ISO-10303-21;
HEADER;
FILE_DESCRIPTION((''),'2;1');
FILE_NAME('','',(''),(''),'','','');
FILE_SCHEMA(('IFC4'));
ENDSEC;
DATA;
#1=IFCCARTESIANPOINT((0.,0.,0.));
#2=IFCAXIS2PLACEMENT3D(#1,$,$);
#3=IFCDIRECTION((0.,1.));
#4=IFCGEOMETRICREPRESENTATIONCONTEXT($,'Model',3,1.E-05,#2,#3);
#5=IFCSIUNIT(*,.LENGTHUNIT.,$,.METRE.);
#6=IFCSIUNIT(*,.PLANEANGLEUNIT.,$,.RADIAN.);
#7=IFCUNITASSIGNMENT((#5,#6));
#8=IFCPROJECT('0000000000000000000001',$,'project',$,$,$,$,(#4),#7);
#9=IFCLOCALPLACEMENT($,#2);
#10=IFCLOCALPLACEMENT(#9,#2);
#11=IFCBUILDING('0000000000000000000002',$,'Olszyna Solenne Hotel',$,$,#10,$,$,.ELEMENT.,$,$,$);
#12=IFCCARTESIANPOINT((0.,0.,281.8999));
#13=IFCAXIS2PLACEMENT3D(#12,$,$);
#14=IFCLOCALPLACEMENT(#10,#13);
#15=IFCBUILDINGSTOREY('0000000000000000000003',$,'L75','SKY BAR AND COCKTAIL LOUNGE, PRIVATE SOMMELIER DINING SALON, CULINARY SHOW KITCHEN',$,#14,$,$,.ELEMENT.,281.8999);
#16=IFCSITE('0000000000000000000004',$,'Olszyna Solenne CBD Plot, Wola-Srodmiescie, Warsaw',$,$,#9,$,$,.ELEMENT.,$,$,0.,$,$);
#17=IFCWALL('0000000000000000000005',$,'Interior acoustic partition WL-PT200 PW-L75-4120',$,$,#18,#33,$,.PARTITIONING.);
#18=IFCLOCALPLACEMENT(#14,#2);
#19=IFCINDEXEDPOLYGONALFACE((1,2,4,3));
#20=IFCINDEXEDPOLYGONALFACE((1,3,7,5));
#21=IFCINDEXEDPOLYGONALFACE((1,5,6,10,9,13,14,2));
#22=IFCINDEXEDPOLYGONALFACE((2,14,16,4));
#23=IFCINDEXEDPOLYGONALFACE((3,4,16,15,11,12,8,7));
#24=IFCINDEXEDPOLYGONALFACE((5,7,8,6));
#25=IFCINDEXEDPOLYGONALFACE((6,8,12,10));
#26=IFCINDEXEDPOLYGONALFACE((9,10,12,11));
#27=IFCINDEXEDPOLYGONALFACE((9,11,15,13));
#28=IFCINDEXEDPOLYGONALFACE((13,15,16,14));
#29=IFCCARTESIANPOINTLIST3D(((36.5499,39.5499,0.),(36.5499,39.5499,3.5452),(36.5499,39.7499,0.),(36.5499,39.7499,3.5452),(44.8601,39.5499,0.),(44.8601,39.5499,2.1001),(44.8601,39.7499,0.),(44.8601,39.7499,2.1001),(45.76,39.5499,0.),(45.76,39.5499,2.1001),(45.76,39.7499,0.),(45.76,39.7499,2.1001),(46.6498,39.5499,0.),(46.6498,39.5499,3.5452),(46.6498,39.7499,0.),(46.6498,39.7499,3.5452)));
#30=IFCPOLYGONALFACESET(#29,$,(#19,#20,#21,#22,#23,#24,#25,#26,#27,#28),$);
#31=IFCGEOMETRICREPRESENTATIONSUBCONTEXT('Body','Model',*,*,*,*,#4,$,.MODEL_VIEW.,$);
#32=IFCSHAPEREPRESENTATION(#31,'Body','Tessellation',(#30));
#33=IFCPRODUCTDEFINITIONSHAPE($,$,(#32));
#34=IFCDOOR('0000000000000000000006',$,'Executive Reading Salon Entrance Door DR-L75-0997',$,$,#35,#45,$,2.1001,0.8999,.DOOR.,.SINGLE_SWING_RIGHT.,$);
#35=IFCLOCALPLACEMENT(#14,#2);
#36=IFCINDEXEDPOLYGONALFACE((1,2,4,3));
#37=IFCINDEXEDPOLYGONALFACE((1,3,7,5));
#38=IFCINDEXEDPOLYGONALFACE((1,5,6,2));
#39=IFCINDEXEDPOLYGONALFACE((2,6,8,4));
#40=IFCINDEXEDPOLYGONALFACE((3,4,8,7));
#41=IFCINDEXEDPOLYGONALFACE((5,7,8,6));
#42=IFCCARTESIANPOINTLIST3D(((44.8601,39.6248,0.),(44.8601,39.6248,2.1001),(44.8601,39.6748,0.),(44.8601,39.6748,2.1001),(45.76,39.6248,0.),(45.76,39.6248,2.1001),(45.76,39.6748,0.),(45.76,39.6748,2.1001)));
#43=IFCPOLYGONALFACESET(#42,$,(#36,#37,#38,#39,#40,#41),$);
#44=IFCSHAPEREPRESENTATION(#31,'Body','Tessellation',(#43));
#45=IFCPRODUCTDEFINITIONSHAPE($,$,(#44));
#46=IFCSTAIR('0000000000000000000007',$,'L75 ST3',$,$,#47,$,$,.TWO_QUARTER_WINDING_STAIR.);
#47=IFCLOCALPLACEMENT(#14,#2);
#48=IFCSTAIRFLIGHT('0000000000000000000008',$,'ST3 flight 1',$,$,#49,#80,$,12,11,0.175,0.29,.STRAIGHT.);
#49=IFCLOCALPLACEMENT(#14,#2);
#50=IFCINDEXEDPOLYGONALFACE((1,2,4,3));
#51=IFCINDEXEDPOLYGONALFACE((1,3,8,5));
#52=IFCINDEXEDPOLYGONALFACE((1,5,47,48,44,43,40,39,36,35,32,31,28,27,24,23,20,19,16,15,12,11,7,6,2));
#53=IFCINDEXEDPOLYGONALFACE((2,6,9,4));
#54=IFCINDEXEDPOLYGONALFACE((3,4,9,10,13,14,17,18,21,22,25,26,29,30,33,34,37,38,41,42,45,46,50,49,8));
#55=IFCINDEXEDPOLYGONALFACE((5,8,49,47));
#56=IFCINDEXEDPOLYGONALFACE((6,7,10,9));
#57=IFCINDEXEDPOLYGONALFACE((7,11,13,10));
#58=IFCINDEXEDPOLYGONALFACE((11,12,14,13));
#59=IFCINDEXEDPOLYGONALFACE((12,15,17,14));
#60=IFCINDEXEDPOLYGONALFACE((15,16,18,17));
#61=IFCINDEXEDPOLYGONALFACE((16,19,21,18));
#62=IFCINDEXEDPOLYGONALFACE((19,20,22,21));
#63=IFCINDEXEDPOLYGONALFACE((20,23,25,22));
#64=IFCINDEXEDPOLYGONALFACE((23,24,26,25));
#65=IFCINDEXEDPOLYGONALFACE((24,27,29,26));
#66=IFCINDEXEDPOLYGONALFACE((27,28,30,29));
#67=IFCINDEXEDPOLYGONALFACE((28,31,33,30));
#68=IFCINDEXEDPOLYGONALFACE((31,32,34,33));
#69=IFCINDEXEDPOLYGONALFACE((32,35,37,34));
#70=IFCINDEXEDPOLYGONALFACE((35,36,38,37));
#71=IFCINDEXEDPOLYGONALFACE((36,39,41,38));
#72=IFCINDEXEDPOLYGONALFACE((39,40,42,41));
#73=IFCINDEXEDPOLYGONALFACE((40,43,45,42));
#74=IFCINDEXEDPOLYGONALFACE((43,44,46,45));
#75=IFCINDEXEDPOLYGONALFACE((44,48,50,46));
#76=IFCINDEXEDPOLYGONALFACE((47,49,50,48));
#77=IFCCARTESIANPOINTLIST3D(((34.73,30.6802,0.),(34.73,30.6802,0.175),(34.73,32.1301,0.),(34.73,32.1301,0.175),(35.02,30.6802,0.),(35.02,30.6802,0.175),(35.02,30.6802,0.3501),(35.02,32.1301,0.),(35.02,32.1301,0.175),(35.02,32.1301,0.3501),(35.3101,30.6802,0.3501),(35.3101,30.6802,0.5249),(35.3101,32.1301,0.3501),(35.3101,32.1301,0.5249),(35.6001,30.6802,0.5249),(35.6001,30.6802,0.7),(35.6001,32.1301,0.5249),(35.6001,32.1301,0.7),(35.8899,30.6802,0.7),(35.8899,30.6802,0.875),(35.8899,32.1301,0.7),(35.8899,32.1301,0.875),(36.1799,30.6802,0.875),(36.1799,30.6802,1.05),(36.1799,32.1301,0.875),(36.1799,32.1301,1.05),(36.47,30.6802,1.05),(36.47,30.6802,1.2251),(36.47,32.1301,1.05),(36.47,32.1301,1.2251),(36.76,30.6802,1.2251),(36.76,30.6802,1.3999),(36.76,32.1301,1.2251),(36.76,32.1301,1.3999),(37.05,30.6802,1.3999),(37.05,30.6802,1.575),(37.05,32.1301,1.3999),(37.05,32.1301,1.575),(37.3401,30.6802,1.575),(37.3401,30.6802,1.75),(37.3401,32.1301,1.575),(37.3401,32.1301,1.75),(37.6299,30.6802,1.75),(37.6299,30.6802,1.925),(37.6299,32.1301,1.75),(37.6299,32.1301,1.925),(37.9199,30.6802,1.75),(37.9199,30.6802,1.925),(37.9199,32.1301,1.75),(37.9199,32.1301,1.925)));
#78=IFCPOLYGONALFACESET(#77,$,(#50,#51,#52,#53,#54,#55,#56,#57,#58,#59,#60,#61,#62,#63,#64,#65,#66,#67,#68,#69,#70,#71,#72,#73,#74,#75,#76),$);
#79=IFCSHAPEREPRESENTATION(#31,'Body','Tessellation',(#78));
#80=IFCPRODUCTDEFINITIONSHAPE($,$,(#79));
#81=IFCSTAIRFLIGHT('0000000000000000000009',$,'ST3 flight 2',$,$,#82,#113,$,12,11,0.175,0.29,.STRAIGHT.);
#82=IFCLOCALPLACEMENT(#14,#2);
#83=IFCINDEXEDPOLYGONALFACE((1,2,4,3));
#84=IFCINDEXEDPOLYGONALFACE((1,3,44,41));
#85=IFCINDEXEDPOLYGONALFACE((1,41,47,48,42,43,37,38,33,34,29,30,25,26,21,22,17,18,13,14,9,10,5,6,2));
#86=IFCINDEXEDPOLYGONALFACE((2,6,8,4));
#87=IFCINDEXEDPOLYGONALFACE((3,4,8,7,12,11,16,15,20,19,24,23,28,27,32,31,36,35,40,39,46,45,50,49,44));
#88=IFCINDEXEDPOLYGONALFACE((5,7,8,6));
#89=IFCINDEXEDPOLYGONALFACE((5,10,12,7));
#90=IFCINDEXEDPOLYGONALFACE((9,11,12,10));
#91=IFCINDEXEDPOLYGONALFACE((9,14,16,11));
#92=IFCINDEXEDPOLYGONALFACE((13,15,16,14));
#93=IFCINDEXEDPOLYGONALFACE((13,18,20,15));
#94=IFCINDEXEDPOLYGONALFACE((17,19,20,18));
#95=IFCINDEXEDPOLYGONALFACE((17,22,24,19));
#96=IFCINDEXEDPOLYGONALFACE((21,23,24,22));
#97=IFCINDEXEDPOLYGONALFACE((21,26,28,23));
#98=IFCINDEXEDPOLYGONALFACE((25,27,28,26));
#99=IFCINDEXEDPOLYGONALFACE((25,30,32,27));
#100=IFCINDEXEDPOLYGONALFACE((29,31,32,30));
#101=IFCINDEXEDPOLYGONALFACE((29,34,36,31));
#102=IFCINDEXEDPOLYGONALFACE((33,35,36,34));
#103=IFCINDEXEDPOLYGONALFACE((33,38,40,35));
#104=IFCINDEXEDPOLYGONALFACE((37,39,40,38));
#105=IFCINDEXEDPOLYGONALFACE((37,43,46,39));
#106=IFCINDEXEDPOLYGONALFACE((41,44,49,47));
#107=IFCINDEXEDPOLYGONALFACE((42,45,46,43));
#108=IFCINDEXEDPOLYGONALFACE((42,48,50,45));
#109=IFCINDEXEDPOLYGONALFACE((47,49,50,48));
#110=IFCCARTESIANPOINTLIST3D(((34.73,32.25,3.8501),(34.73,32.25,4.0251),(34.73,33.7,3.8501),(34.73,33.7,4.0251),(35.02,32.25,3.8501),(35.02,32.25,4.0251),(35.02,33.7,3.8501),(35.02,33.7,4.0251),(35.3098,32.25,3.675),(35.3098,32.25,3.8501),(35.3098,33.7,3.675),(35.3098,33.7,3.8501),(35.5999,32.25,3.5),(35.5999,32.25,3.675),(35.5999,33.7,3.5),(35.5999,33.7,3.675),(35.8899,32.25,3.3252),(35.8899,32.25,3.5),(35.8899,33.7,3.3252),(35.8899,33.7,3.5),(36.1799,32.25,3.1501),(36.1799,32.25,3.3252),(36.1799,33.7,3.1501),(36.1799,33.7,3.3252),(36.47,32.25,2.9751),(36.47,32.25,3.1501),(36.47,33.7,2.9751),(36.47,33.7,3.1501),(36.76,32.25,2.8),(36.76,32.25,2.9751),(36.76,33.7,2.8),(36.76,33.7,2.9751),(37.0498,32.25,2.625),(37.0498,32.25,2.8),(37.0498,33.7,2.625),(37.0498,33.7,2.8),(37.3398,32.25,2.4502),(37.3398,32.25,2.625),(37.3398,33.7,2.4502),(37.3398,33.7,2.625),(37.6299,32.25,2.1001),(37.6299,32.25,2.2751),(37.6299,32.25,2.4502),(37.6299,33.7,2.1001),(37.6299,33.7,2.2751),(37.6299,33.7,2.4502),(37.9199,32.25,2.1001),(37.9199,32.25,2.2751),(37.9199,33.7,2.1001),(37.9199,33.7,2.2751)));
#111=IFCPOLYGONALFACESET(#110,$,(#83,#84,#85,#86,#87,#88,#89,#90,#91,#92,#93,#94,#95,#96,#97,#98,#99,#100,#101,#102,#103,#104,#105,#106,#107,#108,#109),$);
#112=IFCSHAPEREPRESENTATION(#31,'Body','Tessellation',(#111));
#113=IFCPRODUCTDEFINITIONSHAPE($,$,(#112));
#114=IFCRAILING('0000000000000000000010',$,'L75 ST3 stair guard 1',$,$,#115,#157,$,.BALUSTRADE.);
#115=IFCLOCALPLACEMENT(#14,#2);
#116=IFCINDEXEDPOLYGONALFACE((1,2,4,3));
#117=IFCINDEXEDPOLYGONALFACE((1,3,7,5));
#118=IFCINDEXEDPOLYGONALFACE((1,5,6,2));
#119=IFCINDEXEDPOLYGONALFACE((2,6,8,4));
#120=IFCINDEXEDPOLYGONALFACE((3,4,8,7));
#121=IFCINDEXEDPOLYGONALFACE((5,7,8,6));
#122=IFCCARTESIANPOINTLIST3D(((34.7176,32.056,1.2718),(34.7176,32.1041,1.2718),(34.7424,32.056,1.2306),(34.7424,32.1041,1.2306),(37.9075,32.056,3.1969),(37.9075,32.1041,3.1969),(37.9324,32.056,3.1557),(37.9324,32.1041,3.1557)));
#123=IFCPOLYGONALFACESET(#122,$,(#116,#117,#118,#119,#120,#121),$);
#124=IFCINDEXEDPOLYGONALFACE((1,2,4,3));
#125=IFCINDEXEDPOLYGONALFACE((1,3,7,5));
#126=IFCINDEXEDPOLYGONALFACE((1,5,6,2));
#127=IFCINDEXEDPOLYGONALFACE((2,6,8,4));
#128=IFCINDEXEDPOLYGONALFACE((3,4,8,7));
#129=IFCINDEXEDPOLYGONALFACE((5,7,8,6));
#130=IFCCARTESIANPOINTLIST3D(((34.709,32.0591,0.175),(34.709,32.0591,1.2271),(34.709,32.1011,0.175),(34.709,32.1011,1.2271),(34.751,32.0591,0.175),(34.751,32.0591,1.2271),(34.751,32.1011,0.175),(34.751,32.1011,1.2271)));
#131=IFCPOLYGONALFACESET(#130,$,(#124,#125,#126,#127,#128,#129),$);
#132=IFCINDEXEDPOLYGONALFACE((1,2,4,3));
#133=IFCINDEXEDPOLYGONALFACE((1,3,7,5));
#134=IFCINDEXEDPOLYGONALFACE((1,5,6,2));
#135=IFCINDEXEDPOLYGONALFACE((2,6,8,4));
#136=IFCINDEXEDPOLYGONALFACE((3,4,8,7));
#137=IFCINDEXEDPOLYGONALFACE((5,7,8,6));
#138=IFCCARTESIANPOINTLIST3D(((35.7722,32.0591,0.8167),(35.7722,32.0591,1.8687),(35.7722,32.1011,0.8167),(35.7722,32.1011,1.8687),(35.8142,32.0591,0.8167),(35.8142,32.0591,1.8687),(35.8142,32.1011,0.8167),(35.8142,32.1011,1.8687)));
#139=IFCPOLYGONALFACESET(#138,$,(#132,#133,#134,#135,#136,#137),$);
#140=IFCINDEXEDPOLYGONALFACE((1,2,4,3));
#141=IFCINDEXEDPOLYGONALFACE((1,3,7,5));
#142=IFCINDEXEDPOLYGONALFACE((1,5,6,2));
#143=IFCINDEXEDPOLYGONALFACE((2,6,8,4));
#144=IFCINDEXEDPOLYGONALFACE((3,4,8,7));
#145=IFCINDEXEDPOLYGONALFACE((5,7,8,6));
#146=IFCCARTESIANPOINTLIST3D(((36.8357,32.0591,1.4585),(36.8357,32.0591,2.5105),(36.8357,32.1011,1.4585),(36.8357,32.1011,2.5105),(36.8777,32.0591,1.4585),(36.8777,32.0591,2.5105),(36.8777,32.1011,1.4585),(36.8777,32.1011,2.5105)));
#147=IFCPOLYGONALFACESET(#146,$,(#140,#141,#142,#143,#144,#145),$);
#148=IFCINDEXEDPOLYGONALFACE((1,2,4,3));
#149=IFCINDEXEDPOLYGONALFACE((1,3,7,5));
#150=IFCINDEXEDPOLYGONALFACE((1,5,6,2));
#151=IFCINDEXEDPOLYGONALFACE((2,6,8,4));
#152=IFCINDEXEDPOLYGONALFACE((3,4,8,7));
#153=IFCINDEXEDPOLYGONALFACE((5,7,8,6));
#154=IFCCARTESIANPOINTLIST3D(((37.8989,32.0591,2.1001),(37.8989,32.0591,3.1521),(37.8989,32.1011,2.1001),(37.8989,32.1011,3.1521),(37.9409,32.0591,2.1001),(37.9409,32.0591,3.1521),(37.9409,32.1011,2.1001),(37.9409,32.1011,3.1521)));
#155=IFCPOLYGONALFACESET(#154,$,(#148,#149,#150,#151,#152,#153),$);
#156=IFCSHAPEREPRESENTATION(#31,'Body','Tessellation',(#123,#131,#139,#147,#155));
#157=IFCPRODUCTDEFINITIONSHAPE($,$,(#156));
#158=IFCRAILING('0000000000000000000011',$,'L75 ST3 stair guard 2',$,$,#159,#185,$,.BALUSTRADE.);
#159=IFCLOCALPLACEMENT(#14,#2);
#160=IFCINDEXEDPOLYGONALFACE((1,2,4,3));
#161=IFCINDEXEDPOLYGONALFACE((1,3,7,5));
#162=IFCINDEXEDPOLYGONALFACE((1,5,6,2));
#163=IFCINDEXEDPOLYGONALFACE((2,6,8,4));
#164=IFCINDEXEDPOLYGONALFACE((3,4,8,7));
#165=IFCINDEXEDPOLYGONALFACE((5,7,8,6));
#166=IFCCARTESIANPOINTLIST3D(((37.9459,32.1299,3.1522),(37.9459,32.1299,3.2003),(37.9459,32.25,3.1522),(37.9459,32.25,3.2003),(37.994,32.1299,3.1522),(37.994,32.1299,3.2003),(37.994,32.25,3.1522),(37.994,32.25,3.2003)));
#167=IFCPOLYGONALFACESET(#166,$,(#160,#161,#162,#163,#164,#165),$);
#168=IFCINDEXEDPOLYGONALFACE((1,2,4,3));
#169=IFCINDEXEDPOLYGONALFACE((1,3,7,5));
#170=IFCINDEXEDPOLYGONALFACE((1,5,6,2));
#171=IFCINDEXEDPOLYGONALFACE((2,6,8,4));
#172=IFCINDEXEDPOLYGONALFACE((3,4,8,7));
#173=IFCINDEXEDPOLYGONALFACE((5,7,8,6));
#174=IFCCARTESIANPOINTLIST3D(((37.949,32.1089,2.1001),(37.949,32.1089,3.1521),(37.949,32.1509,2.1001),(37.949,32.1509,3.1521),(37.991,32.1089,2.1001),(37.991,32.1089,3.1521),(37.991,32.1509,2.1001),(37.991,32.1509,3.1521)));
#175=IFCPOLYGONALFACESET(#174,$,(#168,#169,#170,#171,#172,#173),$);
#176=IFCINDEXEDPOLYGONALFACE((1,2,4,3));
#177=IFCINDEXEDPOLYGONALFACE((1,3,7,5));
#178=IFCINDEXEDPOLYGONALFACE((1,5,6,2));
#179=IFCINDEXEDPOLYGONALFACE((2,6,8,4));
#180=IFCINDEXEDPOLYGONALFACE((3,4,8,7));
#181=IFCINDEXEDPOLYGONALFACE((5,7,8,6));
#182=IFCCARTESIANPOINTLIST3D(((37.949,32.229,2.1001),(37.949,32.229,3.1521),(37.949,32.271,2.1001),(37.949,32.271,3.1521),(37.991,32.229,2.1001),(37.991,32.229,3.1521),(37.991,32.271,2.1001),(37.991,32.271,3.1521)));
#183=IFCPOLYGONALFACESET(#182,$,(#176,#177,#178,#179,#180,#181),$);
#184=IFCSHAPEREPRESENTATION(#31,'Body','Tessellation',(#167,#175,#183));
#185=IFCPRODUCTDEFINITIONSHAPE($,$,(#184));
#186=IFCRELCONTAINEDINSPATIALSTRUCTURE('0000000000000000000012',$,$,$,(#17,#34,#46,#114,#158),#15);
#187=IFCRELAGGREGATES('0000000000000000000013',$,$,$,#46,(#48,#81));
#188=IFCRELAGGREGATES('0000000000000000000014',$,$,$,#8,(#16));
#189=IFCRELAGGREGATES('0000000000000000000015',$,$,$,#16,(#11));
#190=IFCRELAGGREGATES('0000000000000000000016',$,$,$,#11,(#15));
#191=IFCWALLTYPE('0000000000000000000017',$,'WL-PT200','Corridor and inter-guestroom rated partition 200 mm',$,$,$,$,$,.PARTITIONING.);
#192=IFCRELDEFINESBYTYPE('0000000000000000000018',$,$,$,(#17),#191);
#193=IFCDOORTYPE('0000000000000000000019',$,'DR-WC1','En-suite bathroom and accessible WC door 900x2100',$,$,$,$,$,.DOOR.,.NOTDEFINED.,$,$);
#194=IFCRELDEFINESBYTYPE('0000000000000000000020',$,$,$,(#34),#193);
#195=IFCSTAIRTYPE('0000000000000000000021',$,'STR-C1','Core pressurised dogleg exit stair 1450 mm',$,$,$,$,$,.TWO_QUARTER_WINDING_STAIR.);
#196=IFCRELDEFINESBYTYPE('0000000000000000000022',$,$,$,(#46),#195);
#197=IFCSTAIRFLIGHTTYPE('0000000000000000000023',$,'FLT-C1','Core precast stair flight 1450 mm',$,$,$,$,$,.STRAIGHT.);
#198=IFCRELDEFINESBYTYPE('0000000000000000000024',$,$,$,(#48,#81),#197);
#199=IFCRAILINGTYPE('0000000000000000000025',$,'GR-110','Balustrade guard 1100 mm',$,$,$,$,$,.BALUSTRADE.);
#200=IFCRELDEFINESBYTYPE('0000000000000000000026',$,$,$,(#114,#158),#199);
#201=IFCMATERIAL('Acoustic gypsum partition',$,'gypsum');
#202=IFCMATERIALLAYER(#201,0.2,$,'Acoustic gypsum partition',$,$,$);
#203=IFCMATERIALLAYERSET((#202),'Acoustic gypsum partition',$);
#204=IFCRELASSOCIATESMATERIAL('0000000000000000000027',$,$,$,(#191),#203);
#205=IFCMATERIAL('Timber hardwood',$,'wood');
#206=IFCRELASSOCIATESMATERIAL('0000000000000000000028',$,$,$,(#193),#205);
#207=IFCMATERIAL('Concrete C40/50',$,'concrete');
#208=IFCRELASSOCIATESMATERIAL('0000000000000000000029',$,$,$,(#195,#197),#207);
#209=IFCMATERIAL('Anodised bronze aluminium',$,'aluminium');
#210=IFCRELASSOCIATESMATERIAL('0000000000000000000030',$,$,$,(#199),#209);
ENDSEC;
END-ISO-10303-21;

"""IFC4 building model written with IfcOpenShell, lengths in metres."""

from ifc_helpers import new_model, si_unit, direction, frame, frame_2d, origin, origin_2d, place, context, subcontext, project, spatial, polyline, rectangle, outline, extrude, source, transform, mapped, material, layer, layer_set, type_object, type_shapes, element, fill, aggregate, save


model = new_model("IFC4")

# Units and contexts
model_context = context("Model", 3, precision=1e-05, world=origin(), true_north=direction((0.0, 1.0)))
body_context = subcontext(model_context, "Body", "Model", "MODEL_VIEW")
ifc_project = project(units=[si_unit("LENGTHUNIT", "METRE"), si_unit("PLANEANGLEUNIT", "RADIAN")], contexts=[model_context])

# Site, building, storey
site_placement = place(None, origin())
site = spatial("IfcSite", under=ifc_project, at=site_placement, Name="Olszyna Solenne CBD Plot, Wola-Srodmiescie, Warsaw", CompositionType="ELEMENT", RefElevation=0.0)
building_placement = place(site_placement, origin())
building = spatial("IfcBuilding", under=site, at=building_placement, Name="Olszyna Solenne Hotel", CompositionType="ELEMENT")
storey_placement = place(building_placement, frame((0.0, 0.0, 281.8999)))
storey = spatial("IfcBuildingStorey", under=building, at=storey_placement, Name="L75", Description="SKY BAR AND COCKTAIL LOUNGE, PRIVATE SOMMELIER DINING SALON, CULINARY SHOW KITCHEN", CompositionType="ELEMENT", Elevation=281.8999)

# Shared definitions
ifc_material_1 = material(Name="Anodised bronze aluminium", Category="aluminium")

# Shared definitions
ifc_material_2 = material(Name="Acoustic gypsum partition", Category="gypsum")
ifc_layer_1 = layer(ifc_material_2, 0.2, Name="Acoustic gypsum partition")
ifc_layer_set_1 = layer_set([ifc_layer_1], Name="Acoustic gypsum partition")
wall_type_1 = type_object("IfcWallType", Name="WL-PT200", Description="Corridor and inter-guestroom rated partition 200 mm", PredefinedType="PARTITIONING", material=ifc_layer_set_1)

# Wall, opening, door
wall_1_placement = place(storey_placement, frame((36.55, 39.6499, 0.0), z_axis=(0.0, 0.0, 1.0), x_axis=(1.0, 0.0, 0.0)))
wall_1 = element("IfcWall", 1, at=wall_1_placement, inside=storey, type_object=wall_type_1, Name="Interior acoustic partition WL-PT200 PW-L75-4120", PredefinedType="PARTITIONING", context=body_context, shape_type="SweptSolid", body=[
    extrude(rectangle(XDim=10.0999, YDim=0.2, at=frame_2d((5.0498, 0.0))), origin(), (0.0, 0.0, 1.0), 3.5452),
])
opening_1_placement = place(wall_1_placement, frame((8.3101, 0.0, 0.0)))
opening_1 = element("IfcOpeningElement", 2, at=opening_1_placement, cuts=wall_1, PredefinedType="OPENING", context=body_context, shape_type="SweptSolid", body=[
    extrude(rectangle(XDim=0.8999, YDim=2.1001, at=frame_2d((0.45, 1.05))), frame((0.0, 0.1099, 0.0), z_axis=(0.0, -1.0, 0.0), x_axis=(1.0, 0.0, 0.0)), (0.0, 0.0, 1.0), 0.22),
])
ifc_material_3 = material(Name="Timber hardwood", Category="wood")
door_type_1 = type_object("IfcDoorType", Name="DR-WC1", Description="En-suite bathroom and accessible WC door 900x2100", OperationType="NOTDEFINED", PredefinedType="DOOR", material=ifc_material_3)
shared_shape_1 = source(origin(), body_context, "Body", "SweptSolid", [
    extrude(rectangle(XDim=0.8999, YDim=2.1001, at=frame_2d((0.45, 1.05))), frame((0.0, 0.0249, 0.0), z_axis=(0.0, -1.0, 0.0), x_axis=(1.0, 0.0, 0.0)), (0.0, 0.0, 1.0), 0.05),
])
type_shapes(door_type_1, [shared_shape_1])
door_1_placement = place(opening_1_placement, origin())
door_1 = element("IfcDoor", 3, at=door_1_placement, inside=storey, type_object=door_type_1, Name="Executive Reading Salon Entrance Door DR-L75-0997", OperationType="SINGLE_SWING_RIGHT", OverallHeight=2.1001, OverallWidth=0.8999, PredefinedType="DOOR", context=body_context, shape_type="MappedRepresentation", body=[
    mapped(shared_shape_1, transform((0.0, 0.0, 0.0), x_axis=(1.0, 0.0, 0.0), y_axis=(0.0, 1.0, 0.0), z_axis=(0.0, 0.0, 1.0), scale=1.0)),
])
fill(opening_1, door_1)

# Stair, stair flights
ifc_material_4 = material(Name="Concrete C40/50", Category="concrete")
stair_type = type_object("IfcStairType", Name="STR-C1", Description="Core pressurised dogleg exit stair 1450 mm", PredefinedType="TWO_QUARTER_WINDING_STAIR", material=ifc_material_4)
stair_placement = place(storey_placement, origin())
stair = element("IfcStair", 4, at=stair_placement, inside=storey, type_object=stair_type, Name="L75 ST3", PredefinedType="TWO_QUARTER_WINDING_STAIR")
stair_flight_type = type_object("IfcStairFlightType", Name="FLT-C1", Description="Core precast stair flight 1450 mm", PredefinedType="STRAIGHT", material=ifc_material_4)
stair_flight_1_placement = place(storey_placement, frame((34.73, 31.405, 0.0), z_axis=(0.0, 0.0, 1.0), x_axis=(1.0, 0.0, 0.0)))
stair_flight_1 = element("IfcStairFlight", 5, at=stair_flight_1_placement, type_object=stair_flight_type, Name="ST3 flight 1", NumberOfRisers=12, NumberOfTreads=11, PredefinedType="STRAIGHT", RiserHeight=0.175, TreadLength=0.29, context=body_context, shape_type="SweptSolid", body=[
    extrude(outline(polyline([(0.0, 0.0), (0.0, 0.175), (0.29, 0.175), (0.29, 0.3501), (0.5801, 0.3501), (0.5801, 0.5249), (0.8701, 0.5249), (0.8701, 0.7), (1.1599, 0.7), (1.1599, 0.875), (1.45, 0.875), (1.45, 1.05), (1.74, 1.05), (1.74, 1.2251), (2.03, 1.2251), (2.03, 1.3999), (2.3201, 1.3999), (2.3201, 1.575), (2.6101, 1.575), (2.6101, 1.75), (2.8999, 1.75), (2.8999, 1.925), (3.1899, 1.925), (3.1899, 2.1001), (3.1899, 1.75), (0.29, 0.0), (0.0, 0.0)])), frame((0.0, 0.7251, 0.0), z_axis=(0.0, -1.0, 0.0), x_axis=(1.0, 0.0, 0.0)), (0.0, 0.0, 1.0), 1.45),
])
stair_flight_2_placement = place(storey_placement, frame((37.9199, 32.9751, 2.1001), z_axis=(0.0, 0.0, 1.0), x_axis=(-1.0, 0.0, 0.0)))
stair_flight_2 = element("IfcStairFlight", 6, at=stair_flight_2_placement, type_object=stair_flight_type, Name="ST3 flight 2", NumberOfRisers=12, NumberOfTreads=11, PredefinedType="STRAIGHT", RiserHeight=0.175, TreadLength=0.29, context=body_context, shape_type="SweptSolid", body=[
    extrude(outline(polyline([(0.0, 0.0), (0.0, 0.175), (0.29, 0.175), (0.29, 0.3501), (0.5801, 0.3501), (0.5801, 0.5249), (0.8701, 0.5249), (0.8701, 0.7), (1.1599, 0.7), (1.1599, 0.875), (1.45, 0.875), (1.45, 1.05), (1.74, 1.05), (1.74, 1.2251), (2.03, 1.2251), (2.03, 1.3999), (2.3201, 1.3999), (2.3201, 1.575), (2.6101, 1.575), (2.6101, 1.75), (2.8999, 1.75), (2.8999, 1.925), (3.1899, 1.925), (3.1899, 2.1001), (3.1899, 1.75), (0.29, 0.0), (0.0, 0.0)])), frame((0.0, 0.7251, 0.0), z_axis=(0.0, -1.0, 0.0), x_axis=(1.0, 0.0, 0.0)), (0.0, 0.0, 1.0), 1.45),
])
aggregate(stair, [stair_flight_1, stair_flight_2])

# Railings
railing_type_1 = type_object("IfcRailingType", Name="GR-110", Description="Balustrade guard 1100 mm", PredefinedType="BALUSTRADE", material=ifc_material_1)
railing_1_placement = place(storey_placement, frame((34.73, 32.0801, 0.175)))
element("IfcRailing", 7, at=railing_1_placement, inside=storey, type_object=railing_type_1, Name="L75 ST3 stair guard 1", PredefinedType="BALUSTRADE", context=body_context, shape_type="SweptSolid", body=[
    extrude(rectangle(XDim=0.0481, YDim=0.0481, at=origin_2d()), frame((0.0, 0.0, 1.0762), z_axis=(0.856178, 0.0, 0.516682), x_axis=(0.0, 1.0, 0.0)), (0.0, 0.0, 1.0), 3.7258),
    extrude(rectangle(XDim=0.042, YDim=0.042, at=origin_2d()), origin(), (0.0, 0.0, 1.0), 1.052),
    extrude(rectangle(XDim=0.042, YDim=0.042, at=origin_2d()), frame((1.0632, 0.0, 0.6416)), (0.0, 0.0, 1.0), 1.052),
    extrude(rectangle(XDim=0.042, YDim=0.042, at=origin_2d()), frame((2.1267, 0.0, 1.2834)), (0.0, 0.0, 1.0), 1.052),
    extrude(rectangle(XDim=0.042, YDim=0.042, at=origin_2d()), frame((3.1899, 0.0, 1.925)), (0.0, 0.0, 1.0), 1.052),
])
railing_2_placement = place(storey_placement, frame((37.97, 32.1299, 2.1001)))
element("IfcRailing", 8, at=railing_2_placement, inside=storey, type_object=railing_type_1, Name="L75 ST3 stair guard 2", PredefinedType="BALUSTRADE", context=body_context, shape_type="SweptSolid", body=[
    extrude(rectangle(XDim=0.0481, YDim=0.0481, at=origin_2d()), frame((0.0, 0.0, 1.0762), z_axis=(0.0, 1.0, 0.0), x_axis=(-1.0, 0.0, 0.0)), (0.0, 0.0, 1.0), 0.1201),
    extrude(rectangle(XDim=0.042, YDim=0.042, at=origin_2d()), origin(), (0.0, 0.0, 1.0), 1.052),
    extrude(rectangle(XDim=0.042, YDim=0.042, at=origin_2d()), frame((0.0, 0.1201, 0.0)), (0.0, 0.0, 1.0), 1.052),
])

save(model, "model.ifc")
